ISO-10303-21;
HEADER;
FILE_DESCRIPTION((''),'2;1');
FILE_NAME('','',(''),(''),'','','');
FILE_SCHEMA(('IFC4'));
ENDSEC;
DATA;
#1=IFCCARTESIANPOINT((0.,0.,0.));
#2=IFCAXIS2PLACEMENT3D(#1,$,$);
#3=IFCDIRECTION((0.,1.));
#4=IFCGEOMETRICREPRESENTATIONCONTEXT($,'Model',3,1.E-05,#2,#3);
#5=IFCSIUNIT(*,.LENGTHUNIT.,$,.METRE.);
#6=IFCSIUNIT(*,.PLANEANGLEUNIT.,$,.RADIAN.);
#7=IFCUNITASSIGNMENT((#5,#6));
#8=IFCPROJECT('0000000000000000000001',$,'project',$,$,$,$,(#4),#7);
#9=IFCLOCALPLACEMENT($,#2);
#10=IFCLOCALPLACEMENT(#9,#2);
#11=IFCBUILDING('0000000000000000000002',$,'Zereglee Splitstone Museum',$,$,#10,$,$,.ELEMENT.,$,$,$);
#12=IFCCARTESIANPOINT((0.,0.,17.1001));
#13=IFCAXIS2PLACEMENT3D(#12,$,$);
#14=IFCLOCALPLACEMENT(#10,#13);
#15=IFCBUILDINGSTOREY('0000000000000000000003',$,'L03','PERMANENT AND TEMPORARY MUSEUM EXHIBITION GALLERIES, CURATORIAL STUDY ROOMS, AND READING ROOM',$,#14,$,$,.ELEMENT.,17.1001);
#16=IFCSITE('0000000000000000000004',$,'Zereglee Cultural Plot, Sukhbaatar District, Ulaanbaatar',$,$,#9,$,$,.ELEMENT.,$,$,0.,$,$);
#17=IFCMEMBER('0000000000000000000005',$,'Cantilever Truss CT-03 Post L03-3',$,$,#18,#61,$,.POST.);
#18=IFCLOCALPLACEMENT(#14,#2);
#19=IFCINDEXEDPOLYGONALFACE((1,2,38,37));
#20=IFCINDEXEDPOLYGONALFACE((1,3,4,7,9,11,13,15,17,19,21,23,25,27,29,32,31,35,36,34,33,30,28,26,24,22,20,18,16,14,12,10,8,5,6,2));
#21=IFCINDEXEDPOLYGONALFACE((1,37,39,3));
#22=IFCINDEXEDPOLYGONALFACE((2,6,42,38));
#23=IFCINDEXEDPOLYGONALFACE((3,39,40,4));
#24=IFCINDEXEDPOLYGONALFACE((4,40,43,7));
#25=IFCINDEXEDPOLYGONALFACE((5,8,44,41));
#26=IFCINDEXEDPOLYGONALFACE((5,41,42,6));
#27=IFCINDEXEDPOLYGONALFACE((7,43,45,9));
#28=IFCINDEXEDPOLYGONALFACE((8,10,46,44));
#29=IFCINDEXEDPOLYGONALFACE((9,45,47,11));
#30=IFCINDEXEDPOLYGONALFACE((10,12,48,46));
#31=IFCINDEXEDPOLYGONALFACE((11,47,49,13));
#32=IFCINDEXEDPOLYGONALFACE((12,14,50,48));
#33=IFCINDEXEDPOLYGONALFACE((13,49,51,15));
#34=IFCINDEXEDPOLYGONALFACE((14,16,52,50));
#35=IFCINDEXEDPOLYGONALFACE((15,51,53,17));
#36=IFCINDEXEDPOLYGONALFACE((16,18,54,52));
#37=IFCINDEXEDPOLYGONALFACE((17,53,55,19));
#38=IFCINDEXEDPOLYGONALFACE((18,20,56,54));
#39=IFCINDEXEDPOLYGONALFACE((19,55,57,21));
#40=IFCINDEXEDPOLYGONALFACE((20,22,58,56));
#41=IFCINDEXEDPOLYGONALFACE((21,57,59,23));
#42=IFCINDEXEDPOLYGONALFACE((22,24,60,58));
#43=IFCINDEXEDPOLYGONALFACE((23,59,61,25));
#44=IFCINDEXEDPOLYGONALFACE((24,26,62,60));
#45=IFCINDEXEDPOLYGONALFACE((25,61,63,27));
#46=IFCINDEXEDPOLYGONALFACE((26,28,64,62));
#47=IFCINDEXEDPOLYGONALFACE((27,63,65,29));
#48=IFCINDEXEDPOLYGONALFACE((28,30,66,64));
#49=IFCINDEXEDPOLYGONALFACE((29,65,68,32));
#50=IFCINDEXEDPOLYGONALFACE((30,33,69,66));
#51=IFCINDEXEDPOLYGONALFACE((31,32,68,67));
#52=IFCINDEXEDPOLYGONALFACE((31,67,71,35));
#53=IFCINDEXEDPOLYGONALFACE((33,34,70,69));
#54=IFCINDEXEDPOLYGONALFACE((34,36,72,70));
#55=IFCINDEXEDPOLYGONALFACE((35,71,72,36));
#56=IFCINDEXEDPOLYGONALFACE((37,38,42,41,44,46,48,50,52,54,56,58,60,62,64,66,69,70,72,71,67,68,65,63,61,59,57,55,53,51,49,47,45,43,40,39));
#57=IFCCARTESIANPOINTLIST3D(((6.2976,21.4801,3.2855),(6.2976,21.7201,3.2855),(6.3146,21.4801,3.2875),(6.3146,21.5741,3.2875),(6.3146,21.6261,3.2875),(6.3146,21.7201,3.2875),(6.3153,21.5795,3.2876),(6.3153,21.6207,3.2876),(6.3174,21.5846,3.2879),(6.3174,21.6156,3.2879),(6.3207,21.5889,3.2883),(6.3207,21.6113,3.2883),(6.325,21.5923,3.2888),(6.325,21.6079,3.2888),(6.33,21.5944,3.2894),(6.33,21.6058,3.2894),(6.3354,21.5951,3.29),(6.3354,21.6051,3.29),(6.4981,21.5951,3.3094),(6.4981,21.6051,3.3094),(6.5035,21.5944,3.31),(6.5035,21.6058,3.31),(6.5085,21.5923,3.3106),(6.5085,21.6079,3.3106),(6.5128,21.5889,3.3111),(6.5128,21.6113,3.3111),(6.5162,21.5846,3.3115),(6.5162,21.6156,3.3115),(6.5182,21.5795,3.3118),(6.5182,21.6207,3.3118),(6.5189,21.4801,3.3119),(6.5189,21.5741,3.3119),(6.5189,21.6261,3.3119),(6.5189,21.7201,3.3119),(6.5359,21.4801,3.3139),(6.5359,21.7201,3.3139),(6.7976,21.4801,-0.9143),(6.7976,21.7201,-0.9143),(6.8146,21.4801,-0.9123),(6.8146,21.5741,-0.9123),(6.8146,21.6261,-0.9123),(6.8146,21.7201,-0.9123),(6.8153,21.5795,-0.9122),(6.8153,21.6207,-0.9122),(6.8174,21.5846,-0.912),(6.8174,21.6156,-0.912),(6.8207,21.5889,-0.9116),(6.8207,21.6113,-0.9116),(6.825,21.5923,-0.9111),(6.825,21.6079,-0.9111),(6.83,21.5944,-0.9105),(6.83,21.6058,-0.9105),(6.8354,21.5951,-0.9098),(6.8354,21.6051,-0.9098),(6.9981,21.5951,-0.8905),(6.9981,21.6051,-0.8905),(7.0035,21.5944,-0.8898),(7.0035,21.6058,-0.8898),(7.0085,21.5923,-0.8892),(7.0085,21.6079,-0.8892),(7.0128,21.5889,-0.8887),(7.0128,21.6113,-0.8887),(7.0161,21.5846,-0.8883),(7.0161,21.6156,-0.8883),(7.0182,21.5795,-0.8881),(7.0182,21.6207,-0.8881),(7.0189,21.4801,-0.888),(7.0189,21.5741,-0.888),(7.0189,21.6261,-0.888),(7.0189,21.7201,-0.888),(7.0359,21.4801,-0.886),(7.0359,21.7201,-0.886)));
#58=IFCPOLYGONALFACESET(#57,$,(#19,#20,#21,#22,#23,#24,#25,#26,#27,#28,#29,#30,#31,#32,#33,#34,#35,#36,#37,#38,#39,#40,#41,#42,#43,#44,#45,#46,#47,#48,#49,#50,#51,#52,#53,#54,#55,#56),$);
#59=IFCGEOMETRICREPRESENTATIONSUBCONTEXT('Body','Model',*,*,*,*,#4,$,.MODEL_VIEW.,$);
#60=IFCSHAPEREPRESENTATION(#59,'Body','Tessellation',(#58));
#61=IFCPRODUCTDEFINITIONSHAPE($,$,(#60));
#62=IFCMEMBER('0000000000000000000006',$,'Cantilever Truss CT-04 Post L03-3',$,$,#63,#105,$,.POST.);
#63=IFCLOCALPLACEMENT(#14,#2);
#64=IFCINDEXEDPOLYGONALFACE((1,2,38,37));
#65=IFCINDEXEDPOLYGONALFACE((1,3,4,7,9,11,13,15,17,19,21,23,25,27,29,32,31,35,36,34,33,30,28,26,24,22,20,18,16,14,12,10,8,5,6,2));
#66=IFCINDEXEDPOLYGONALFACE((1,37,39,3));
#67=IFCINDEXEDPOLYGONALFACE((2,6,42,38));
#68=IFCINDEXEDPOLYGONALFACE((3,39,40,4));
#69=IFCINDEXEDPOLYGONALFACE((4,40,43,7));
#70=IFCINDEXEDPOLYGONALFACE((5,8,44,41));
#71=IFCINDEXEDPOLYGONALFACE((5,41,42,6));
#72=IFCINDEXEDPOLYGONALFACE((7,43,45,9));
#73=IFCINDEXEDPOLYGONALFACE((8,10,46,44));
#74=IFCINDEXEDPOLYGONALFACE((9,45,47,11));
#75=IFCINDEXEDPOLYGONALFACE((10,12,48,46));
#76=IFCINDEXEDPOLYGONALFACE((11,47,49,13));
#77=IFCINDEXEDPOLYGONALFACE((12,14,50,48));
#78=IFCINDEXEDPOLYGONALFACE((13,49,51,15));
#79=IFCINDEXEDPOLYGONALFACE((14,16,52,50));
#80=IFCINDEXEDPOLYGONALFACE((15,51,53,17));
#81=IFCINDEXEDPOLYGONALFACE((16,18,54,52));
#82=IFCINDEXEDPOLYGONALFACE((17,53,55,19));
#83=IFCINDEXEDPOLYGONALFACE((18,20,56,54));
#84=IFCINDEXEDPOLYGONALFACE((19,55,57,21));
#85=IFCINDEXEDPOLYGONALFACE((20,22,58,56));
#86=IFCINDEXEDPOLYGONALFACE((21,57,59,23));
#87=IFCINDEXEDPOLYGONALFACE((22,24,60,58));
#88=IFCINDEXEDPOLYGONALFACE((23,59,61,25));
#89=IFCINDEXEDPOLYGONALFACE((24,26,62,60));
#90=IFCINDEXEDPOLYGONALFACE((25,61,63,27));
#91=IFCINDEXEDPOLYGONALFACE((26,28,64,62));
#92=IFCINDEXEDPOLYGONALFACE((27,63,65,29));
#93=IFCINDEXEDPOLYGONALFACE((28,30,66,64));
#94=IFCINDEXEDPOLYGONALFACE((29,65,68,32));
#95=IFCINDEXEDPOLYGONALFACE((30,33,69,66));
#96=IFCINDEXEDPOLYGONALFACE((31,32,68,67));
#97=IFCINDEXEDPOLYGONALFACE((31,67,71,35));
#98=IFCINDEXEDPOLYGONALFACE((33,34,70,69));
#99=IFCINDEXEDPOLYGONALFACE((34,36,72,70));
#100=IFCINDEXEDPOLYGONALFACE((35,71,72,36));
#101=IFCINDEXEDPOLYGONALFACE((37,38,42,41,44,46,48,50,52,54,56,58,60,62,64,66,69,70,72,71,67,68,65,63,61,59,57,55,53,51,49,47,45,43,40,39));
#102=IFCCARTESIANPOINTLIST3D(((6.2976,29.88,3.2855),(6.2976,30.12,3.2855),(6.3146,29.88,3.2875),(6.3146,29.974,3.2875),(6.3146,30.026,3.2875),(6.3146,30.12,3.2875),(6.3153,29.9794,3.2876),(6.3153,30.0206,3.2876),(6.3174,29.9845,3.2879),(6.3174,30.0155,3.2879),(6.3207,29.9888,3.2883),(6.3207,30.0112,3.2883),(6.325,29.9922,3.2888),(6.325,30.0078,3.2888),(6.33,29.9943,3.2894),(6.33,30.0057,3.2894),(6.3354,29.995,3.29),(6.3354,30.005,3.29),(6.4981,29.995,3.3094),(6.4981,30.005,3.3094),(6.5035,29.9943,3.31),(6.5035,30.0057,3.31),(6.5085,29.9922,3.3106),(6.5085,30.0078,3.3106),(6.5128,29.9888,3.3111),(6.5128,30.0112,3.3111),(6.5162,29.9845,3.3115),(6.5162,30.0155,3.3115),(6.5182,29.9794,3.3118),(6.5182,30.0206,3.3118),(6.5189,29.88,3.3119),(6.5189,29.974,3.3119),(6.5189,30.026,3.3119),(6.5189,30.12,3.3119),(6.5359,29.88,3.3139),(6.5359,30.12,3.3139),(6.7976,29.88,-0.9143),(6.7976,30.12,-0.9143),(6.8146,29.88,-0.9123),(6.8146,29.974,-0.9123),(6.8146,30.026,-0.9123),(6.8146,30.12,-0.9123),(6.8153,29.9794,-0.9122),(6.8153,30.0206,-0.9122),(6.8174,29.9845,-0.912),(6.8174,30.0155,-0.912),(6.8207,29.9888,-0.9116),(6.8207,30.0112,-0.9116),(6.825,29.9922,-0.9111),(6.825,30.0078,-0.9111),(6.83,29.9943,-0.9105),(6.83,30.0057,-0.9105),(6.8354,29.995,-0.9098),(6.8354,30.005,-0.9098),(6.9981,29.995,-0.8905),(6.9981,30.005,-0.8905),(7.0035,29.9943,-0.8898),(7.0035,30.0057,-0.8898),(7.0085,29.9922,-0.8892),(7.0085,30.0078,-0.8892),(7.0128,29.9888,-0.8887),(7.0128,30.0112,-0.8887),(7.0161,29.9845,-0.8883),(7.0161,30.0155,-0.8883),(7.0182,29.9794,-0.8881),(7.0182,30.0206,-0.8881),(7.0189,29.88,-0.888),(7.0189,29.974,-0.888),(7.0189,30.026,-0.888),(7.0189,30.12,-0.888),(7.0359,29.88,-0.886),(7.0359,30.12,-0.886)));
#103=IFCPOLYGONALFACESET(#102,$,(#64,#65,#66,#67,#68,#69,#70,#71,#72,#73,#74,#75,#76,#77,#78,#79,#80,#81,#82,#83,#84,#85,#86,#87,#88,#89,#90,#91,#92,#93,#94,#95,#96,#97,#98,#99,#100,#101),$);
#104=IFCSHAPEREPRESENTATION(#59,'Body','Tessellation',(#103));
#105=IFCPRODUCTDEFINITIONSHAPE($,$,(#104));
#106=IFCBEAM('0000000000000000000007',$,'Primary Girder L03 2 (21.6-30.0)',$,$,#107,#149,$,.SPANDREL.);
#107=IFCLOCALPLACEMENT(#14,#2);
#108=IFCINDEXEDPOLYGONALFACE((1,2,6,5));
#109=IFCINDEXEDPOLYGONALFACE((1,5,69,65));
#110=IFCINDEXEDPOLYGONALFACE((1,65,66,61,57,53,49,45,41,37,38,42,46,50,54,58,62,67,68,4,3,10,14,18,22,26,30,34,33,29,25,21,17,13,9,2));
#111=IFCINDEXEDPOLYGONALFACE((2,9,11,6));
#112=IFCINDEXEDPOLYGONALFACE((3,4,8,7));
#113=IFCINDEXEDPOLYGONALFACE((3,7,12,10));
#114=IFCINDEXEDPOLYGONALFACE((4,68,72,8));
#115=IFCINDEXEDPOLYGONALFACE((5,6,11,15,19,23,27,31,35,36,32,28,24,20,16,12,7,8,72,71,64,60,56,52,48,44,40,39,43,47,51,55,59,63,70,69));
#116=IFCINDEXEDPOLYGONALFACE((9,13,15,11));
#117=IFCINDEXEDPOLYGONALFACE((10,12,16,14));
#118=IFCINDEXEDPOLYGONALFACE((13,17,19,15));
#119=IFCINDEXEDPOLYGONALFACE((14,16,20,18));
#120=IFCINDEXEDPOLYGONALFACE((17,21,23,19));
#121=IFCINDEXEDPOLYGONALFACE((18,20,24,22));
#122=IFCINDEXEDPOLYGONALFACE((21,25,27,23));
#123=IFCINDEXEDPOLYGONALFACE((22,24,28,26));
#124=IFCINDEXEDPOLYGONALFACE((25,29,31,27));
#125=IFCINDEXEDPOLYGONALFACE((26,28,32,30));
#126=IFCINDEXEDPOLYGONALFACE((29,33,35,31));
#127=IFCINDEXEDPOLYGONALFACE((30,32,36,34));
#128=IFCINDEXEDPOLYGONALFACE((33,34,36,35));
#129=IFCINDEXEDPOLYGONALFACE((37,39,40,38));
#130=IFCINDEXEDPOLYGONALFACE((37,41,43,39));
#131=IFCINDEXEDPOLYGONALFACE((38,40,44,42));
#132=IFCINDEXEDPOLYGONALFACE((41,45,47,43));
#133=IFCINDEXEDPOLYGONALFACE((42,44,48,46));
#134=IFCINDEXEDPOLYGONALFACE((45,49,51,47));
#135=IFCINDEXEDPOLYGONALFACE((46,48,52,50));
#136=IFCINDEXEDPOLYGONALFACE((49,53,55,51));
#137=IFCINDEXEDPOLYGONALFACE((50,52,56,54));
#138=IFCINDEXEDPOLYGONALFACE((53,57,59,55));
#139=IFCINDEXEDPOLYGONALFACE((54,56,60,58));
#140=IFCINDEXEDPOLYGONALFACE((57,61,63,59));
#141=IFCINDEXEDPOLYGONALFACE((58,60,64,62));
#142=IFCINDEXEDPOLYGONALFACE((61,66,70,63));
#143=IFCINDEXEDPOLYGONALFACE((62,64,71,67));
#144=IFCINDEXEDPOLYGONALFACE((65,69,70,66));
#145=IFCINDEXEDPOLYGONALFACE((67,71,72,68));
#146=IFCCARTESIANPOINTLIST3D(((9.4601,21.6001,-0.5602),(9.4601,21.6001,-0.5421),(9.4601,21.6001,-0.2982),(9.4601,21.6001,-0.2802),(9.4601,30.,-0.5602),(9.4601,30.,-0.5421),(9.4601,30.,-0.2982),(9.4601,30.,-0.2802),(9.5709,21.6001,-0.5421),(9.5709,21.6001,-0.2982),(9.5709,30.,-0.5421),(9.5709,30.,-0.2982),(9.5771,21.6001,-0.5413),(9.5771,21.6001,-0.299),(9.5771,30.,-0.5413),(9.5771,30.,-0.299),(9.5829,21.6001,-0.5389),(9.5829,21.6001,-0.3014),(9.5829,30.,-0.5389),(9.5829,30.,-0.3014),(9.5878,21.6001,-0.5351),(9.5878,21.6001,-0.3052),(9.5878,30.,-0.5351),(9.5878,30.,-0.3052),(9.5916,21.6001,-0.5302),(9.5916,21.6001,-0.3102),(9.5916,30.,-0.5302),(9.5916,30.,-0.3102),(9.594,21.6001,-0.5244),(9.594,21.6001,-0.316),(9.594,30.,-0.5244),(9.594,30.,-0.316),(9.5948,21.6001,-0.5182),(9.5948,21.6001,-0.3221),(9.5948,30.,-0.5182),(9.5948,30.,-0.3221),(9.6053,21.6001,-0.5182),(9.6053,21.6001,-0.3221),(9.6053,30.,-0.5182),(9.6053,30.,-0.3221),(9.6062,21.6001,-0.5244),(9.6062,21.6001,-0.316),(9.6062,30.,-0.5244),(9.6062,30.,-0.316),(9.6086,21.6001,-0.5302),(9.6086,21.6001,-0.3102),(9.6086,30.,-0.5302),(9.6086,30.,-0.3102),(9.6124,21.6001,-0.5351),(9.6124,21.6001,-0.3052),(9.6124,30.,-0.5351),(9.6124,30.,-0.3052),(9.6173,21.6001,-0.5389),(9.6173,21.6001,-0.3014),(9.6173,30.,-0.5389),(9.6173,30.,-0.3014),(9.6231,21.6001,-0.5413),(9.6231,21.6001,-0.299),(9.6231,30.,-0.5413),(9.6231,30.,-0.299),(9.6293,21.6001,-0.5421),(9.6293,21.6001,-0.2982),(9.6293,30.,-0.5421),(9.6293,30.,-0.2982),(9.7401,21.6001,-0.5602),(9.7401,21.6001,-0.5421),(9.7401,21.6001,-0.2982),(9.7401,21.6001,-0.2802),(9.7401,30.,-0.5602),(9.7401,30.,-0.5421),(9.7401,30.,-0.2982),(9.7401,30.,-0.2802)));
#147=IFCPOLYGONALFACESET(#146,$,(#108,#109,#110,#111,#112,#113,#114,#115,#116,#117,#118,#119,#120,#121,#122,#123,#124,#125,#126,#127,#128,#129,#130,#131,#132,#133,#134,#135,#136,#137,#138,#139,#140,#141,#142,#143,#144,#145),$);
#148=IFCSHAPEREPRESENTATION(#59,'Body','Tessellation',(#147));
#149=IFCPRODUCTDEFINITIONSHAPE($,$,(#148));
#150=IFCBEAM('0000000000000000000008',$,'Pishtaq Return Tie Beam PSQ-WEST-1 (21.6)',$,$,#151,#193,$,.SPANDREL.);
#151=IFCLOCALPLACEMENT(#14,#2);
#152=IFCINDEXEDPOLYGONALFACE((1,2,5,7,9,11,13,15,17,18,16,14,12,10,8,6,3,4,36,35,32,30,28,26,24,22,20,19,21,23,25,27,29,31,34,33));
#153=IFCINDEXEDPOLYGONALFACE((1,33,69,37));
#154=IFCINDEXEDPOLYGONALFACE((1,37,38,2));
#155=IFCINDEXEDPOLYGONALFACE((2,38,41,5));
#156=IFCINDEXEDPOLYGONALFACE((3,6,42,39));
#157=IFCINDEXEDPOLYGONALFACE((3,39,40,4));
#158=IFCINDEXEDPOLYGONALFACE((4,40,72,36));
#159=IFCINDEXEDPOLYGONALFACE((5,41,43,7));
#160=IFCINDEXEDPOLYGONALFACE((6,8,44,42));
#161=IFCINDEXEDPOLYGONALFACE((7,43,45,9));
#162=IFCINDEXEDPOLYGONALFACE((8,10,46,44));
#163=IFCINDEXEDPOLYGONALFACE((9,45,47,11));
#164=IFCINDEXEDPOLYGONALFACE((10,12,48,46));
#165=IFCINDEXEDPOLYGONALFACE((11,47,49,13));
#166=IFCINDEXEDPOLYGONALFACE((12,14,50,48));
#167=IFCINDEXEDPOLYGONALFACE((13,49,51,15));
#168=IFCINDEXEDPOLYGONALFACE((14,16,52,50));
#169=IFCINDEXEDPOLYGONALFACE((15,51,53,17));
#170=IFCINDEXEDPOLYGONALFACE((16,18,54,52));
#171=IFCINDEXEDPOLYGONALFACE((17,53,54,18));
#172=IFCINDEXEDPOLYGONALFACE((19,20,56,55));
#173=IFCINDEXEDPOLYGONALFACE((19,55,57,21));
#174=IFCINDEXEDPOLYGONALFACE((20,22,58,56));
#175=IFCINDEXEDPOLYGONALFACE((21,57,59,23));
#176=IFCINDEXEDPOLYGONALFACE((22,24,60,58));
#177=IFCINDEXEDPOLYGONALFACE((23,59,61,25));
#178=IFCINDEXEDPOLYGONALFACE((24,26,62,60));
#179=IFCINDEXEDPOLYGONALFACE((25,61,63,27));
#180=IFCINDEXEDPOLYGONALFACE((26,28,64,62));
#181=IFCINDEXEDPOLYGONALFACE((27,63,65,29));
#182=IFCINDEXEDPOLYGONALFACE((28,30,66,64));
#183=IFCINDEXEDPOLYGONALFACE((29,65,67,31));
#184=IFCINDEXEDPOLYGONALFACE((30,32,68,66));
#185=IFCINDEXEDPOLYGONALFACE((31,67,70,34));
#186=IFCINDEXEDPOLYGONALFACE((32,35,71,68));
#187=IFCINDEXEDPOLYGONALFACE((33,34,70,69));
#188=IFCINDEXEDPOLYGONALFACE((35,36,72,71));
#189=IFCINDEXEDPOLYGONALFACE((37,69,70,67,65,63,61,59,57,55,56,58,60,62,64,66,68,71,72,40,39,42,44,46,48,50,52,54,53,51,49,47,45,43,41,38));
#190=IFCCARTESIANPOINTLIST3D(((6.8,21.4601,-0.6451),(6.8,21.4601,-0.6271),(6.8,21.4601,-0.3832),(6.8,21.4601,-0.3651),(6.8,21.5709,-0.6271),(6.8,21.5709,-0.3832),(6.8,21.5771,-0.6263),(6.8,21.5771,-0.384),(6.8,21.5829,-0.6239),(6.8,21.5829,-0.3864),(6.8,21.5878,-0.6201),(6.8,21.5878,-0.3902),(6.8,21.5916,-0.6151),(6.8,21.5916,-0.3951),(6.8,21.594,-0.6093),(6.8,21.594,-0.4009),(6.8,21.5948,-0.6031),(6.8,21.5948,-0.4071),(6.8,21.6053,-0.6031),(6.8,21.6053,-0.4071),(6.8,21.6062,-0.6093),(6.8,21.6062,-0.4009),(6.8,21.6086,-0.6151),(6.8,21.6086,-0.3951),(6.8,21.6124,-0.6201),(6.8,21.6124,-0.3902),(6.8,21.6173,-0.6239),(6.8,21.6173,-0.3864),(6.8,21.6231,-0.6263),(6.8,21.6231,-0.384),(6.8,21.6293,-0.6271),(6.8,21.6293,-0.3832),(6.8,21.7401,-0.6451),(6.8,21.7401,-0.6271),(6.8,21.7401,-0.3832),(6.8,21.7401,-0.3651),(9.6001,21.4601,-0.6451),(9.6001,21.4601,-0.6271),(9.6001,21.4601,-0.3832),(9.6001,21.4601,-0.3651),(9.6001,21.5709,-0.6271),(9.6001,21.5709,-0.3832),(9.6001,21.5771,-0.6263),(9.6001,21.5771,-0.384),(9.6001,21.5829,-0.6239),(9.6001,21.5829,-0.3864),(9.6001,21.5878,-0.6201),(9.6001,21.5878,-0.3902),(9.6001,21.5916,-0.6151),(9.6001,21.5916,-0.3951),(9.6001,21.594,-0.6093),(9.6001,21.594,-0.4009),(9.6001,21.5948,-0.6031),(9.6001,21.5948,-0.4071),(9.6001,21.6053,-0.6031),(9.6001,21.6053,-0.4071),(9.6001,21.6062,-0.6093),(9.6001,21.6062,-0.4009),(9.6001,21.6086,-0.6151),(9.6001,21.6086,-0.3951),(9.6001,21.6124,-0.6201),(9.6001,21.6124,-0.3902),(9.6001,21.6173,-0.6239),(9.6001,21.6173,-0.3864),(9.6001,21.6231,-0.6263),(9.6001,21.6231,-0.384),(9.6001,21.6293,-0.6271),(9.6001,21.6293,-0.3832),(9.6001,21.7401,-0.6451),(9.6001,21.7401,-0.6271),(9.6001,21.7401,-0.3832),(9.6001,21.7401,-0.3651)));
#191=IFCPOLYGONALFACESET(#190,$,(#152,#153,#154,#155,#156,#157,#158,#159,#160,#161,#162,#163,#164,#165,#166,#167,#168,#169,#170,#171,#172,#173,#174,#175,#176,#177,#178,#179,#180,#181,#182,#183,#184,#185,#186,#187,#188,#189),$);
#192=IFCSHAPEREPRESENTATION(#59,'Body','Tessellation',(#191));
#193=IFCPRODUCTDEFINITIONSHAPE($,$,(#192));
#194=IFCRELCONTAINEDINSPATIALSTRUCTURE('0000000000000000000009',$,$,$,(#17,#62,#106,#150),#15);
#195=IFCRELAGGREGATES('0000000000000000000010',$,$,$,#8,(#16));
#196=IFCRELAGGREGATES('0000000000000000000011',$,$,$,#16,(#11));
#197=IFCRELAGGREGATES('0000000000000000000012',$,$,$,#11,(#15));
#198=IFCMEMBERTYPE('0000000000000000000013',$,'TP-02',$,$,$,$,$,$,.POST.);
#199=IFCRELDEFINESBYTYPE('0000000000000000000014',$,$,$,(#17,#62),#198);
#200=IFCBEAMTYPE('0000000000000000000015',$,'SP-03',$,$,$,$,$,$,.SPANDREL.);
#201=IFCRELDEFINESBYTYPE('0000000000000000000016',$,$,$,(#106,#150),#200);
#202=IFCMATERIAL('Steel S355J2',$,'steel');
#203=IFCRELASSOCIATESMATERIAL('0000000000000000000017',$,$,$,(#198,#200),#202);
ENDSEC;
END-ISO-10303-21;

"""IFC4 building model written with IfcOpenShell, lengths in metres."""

from ifc_helpers import new_model, si_unit, direction, frame, origin, origin_2d, place, context, subcontext, project, spatial, i_section, extrude, material, material_profile, profile_set, type_object, element, save


model = new_model("IFC4")

# Units and contexts
model_context = context("Model", 3, precision=1e-05, world=origin(), true_north=direction((0.0, 1.0)))
body_context = subcontext(model_context, "Body", "Model", "MODEL_VIEW")
ifc_project = project(units=[si_unit("LENGTHUNIT", "METRE"), si_unit("PLANEANGLEUNIT", "RADIAN")], contexts=[model_context])

# Site, building, storey
site_placement = place(None, origin())
site = spatial("IfcSite", under=ifc_project, at=site_placement, Name="Zereglee Cultural Plot, Sukhbaatar District, Ulaanbaatar", CompositionType="ELEMENT", RefElevation=0.0)
building_placement = place(site_placement, origin())
building = spatial("IfcBuilding", under=site, at=building_placement, Name="Zereglee Splitstone Museum", CompositionType="ELEMENT")
storey_placement = place(building_placement, frame((0.0, 0.0, 17.1001)))
storey = spatial("IfcBuildingStorey", under=building, at=storey_placement, Name="L03", Description="PERMANENT AND TEMPORARY MUSEUM EXHIBITION GALLERIES, CURATORIAL STUDY ROOMS, AND READING ROOM", CompositionType="ELEMENT", Elevation=17.1001)

# Members
ifc_material_1 = material(Name="Steel S355J2", Category="steel")
ifc_material_profile_1 = material_profile(ifc_material_1, i_section(OverallWidth=0.24, OverallDepth=0.24, WebThickness=0.01, FlangeThickness=0.0171, FilletRadius=0.021, at=origin_2d()), Name="HE 240 B")
ifc_profile_set_1 = profile_set([ifc_material_profile_1], Name="Steel S355J2")
member_type_1 = type_object("IfcMemberType", Name="TP-02", PredefinedType="POST", material=ifc_profile_set_1)
for number, where, z_axis, x_axis, name in (
    (1, (6.9167, 21.6001, -0.9001), (-0.118214, 0.0, 0.992988), (0.0, -1.0, 0.0), "Cantilever Truss CT-03 Post L03-3"),
    (2, (6.9167, 30.0, -0.9001), (-0.118214, 0.0, 0.992988), (0.0, -1.0, 0.0), "Cantilever Truss CT-04 Post L03-3"),
):
    element("IfcMember", number, at=place(storey_placement, frame(where, z_axis=z_axis, x_axis=x_axis)), inside=storey, type_object=member_type_1, Name=name, PredefinedType="POST", context=body_context, shape_type="SweptSolid", body=[
        extrude(i_section(OverallWidth=0.24, OverallDepth=0.24, WebThickness=0.01, FlangeThickness=0.0171, FilletRadius=0.021, at=origin_2d()), origin(), (0.0, 0.0, 1.0), 4.2295),
    ])

# Beams
ifc_material_profile_2 = material_profile(ifc_material_1, i_section(OverallWidth=0.28, OverallDepth=0.28, WebThickness=0.0105, FlangeThickness=0.0181, FilletRadius=0.0239, at=origin_2d()), Name="HE 280 B")
ifc_profile_set_2 = profile_set([ifc_material_profile_2], Name="Steel S355J2")
beam_type_1 = type_object("IfcBeamType", Name="SP-03", PredefinedType="SPANDREL", material=ifc_profile_set_2)
beam_1_placement = place(storey_placement, frame((9.6001, 21.6001, -0.4202), z_axis=(0.0, 1.0, 0.0), x_axis=(-1.0, 0.0, 0.0)))
element("IfcBeam", 3, at=beam_1_placement, inside=storey, type_object=beam_type_1, Name="Primary Girder L03 2 (21.6-30.0)", PredefinedType="SPANDREL", context=body_context, shape_type="SweptSolid", body=[
    extrude(i_section(OverallWidth=0.28, OverallDepth=0.28, WebThickness=0.0105, FlangeThickness=0.0181, FilletRadius=0.0239, at=origin_2d()), origin(), (0.0, 0.0, 1.0), 8.3999),
])
beam_2_placement = place(storey_placement, frame((6.8, 21.6001, -0.5051), z_axis=(1.0, 0.0, 0.0), x_axis=(0.0, 1.0, 0.0)))
element("IfcBeam", 4, at=beam_2_placement, inside=storey, type_object=beam_type_1, Name="Pishtaq Return Tie Beam PSQ-WEST-1 (21.6)", PredefinedType="SPANDREL", context=body_context, shape_type="SweptSolid", body=[
    extrude(i_section(OverallWidth=0.28, OverallDepth=0.28, WebThickness=0.0105, FlangeThickness=0.0181, FilletRadius=0.0239, at=origin_2d()), origin(), (0.0, 0.0, 1.0), 2.8),
])

save(model, "model.ifc")
